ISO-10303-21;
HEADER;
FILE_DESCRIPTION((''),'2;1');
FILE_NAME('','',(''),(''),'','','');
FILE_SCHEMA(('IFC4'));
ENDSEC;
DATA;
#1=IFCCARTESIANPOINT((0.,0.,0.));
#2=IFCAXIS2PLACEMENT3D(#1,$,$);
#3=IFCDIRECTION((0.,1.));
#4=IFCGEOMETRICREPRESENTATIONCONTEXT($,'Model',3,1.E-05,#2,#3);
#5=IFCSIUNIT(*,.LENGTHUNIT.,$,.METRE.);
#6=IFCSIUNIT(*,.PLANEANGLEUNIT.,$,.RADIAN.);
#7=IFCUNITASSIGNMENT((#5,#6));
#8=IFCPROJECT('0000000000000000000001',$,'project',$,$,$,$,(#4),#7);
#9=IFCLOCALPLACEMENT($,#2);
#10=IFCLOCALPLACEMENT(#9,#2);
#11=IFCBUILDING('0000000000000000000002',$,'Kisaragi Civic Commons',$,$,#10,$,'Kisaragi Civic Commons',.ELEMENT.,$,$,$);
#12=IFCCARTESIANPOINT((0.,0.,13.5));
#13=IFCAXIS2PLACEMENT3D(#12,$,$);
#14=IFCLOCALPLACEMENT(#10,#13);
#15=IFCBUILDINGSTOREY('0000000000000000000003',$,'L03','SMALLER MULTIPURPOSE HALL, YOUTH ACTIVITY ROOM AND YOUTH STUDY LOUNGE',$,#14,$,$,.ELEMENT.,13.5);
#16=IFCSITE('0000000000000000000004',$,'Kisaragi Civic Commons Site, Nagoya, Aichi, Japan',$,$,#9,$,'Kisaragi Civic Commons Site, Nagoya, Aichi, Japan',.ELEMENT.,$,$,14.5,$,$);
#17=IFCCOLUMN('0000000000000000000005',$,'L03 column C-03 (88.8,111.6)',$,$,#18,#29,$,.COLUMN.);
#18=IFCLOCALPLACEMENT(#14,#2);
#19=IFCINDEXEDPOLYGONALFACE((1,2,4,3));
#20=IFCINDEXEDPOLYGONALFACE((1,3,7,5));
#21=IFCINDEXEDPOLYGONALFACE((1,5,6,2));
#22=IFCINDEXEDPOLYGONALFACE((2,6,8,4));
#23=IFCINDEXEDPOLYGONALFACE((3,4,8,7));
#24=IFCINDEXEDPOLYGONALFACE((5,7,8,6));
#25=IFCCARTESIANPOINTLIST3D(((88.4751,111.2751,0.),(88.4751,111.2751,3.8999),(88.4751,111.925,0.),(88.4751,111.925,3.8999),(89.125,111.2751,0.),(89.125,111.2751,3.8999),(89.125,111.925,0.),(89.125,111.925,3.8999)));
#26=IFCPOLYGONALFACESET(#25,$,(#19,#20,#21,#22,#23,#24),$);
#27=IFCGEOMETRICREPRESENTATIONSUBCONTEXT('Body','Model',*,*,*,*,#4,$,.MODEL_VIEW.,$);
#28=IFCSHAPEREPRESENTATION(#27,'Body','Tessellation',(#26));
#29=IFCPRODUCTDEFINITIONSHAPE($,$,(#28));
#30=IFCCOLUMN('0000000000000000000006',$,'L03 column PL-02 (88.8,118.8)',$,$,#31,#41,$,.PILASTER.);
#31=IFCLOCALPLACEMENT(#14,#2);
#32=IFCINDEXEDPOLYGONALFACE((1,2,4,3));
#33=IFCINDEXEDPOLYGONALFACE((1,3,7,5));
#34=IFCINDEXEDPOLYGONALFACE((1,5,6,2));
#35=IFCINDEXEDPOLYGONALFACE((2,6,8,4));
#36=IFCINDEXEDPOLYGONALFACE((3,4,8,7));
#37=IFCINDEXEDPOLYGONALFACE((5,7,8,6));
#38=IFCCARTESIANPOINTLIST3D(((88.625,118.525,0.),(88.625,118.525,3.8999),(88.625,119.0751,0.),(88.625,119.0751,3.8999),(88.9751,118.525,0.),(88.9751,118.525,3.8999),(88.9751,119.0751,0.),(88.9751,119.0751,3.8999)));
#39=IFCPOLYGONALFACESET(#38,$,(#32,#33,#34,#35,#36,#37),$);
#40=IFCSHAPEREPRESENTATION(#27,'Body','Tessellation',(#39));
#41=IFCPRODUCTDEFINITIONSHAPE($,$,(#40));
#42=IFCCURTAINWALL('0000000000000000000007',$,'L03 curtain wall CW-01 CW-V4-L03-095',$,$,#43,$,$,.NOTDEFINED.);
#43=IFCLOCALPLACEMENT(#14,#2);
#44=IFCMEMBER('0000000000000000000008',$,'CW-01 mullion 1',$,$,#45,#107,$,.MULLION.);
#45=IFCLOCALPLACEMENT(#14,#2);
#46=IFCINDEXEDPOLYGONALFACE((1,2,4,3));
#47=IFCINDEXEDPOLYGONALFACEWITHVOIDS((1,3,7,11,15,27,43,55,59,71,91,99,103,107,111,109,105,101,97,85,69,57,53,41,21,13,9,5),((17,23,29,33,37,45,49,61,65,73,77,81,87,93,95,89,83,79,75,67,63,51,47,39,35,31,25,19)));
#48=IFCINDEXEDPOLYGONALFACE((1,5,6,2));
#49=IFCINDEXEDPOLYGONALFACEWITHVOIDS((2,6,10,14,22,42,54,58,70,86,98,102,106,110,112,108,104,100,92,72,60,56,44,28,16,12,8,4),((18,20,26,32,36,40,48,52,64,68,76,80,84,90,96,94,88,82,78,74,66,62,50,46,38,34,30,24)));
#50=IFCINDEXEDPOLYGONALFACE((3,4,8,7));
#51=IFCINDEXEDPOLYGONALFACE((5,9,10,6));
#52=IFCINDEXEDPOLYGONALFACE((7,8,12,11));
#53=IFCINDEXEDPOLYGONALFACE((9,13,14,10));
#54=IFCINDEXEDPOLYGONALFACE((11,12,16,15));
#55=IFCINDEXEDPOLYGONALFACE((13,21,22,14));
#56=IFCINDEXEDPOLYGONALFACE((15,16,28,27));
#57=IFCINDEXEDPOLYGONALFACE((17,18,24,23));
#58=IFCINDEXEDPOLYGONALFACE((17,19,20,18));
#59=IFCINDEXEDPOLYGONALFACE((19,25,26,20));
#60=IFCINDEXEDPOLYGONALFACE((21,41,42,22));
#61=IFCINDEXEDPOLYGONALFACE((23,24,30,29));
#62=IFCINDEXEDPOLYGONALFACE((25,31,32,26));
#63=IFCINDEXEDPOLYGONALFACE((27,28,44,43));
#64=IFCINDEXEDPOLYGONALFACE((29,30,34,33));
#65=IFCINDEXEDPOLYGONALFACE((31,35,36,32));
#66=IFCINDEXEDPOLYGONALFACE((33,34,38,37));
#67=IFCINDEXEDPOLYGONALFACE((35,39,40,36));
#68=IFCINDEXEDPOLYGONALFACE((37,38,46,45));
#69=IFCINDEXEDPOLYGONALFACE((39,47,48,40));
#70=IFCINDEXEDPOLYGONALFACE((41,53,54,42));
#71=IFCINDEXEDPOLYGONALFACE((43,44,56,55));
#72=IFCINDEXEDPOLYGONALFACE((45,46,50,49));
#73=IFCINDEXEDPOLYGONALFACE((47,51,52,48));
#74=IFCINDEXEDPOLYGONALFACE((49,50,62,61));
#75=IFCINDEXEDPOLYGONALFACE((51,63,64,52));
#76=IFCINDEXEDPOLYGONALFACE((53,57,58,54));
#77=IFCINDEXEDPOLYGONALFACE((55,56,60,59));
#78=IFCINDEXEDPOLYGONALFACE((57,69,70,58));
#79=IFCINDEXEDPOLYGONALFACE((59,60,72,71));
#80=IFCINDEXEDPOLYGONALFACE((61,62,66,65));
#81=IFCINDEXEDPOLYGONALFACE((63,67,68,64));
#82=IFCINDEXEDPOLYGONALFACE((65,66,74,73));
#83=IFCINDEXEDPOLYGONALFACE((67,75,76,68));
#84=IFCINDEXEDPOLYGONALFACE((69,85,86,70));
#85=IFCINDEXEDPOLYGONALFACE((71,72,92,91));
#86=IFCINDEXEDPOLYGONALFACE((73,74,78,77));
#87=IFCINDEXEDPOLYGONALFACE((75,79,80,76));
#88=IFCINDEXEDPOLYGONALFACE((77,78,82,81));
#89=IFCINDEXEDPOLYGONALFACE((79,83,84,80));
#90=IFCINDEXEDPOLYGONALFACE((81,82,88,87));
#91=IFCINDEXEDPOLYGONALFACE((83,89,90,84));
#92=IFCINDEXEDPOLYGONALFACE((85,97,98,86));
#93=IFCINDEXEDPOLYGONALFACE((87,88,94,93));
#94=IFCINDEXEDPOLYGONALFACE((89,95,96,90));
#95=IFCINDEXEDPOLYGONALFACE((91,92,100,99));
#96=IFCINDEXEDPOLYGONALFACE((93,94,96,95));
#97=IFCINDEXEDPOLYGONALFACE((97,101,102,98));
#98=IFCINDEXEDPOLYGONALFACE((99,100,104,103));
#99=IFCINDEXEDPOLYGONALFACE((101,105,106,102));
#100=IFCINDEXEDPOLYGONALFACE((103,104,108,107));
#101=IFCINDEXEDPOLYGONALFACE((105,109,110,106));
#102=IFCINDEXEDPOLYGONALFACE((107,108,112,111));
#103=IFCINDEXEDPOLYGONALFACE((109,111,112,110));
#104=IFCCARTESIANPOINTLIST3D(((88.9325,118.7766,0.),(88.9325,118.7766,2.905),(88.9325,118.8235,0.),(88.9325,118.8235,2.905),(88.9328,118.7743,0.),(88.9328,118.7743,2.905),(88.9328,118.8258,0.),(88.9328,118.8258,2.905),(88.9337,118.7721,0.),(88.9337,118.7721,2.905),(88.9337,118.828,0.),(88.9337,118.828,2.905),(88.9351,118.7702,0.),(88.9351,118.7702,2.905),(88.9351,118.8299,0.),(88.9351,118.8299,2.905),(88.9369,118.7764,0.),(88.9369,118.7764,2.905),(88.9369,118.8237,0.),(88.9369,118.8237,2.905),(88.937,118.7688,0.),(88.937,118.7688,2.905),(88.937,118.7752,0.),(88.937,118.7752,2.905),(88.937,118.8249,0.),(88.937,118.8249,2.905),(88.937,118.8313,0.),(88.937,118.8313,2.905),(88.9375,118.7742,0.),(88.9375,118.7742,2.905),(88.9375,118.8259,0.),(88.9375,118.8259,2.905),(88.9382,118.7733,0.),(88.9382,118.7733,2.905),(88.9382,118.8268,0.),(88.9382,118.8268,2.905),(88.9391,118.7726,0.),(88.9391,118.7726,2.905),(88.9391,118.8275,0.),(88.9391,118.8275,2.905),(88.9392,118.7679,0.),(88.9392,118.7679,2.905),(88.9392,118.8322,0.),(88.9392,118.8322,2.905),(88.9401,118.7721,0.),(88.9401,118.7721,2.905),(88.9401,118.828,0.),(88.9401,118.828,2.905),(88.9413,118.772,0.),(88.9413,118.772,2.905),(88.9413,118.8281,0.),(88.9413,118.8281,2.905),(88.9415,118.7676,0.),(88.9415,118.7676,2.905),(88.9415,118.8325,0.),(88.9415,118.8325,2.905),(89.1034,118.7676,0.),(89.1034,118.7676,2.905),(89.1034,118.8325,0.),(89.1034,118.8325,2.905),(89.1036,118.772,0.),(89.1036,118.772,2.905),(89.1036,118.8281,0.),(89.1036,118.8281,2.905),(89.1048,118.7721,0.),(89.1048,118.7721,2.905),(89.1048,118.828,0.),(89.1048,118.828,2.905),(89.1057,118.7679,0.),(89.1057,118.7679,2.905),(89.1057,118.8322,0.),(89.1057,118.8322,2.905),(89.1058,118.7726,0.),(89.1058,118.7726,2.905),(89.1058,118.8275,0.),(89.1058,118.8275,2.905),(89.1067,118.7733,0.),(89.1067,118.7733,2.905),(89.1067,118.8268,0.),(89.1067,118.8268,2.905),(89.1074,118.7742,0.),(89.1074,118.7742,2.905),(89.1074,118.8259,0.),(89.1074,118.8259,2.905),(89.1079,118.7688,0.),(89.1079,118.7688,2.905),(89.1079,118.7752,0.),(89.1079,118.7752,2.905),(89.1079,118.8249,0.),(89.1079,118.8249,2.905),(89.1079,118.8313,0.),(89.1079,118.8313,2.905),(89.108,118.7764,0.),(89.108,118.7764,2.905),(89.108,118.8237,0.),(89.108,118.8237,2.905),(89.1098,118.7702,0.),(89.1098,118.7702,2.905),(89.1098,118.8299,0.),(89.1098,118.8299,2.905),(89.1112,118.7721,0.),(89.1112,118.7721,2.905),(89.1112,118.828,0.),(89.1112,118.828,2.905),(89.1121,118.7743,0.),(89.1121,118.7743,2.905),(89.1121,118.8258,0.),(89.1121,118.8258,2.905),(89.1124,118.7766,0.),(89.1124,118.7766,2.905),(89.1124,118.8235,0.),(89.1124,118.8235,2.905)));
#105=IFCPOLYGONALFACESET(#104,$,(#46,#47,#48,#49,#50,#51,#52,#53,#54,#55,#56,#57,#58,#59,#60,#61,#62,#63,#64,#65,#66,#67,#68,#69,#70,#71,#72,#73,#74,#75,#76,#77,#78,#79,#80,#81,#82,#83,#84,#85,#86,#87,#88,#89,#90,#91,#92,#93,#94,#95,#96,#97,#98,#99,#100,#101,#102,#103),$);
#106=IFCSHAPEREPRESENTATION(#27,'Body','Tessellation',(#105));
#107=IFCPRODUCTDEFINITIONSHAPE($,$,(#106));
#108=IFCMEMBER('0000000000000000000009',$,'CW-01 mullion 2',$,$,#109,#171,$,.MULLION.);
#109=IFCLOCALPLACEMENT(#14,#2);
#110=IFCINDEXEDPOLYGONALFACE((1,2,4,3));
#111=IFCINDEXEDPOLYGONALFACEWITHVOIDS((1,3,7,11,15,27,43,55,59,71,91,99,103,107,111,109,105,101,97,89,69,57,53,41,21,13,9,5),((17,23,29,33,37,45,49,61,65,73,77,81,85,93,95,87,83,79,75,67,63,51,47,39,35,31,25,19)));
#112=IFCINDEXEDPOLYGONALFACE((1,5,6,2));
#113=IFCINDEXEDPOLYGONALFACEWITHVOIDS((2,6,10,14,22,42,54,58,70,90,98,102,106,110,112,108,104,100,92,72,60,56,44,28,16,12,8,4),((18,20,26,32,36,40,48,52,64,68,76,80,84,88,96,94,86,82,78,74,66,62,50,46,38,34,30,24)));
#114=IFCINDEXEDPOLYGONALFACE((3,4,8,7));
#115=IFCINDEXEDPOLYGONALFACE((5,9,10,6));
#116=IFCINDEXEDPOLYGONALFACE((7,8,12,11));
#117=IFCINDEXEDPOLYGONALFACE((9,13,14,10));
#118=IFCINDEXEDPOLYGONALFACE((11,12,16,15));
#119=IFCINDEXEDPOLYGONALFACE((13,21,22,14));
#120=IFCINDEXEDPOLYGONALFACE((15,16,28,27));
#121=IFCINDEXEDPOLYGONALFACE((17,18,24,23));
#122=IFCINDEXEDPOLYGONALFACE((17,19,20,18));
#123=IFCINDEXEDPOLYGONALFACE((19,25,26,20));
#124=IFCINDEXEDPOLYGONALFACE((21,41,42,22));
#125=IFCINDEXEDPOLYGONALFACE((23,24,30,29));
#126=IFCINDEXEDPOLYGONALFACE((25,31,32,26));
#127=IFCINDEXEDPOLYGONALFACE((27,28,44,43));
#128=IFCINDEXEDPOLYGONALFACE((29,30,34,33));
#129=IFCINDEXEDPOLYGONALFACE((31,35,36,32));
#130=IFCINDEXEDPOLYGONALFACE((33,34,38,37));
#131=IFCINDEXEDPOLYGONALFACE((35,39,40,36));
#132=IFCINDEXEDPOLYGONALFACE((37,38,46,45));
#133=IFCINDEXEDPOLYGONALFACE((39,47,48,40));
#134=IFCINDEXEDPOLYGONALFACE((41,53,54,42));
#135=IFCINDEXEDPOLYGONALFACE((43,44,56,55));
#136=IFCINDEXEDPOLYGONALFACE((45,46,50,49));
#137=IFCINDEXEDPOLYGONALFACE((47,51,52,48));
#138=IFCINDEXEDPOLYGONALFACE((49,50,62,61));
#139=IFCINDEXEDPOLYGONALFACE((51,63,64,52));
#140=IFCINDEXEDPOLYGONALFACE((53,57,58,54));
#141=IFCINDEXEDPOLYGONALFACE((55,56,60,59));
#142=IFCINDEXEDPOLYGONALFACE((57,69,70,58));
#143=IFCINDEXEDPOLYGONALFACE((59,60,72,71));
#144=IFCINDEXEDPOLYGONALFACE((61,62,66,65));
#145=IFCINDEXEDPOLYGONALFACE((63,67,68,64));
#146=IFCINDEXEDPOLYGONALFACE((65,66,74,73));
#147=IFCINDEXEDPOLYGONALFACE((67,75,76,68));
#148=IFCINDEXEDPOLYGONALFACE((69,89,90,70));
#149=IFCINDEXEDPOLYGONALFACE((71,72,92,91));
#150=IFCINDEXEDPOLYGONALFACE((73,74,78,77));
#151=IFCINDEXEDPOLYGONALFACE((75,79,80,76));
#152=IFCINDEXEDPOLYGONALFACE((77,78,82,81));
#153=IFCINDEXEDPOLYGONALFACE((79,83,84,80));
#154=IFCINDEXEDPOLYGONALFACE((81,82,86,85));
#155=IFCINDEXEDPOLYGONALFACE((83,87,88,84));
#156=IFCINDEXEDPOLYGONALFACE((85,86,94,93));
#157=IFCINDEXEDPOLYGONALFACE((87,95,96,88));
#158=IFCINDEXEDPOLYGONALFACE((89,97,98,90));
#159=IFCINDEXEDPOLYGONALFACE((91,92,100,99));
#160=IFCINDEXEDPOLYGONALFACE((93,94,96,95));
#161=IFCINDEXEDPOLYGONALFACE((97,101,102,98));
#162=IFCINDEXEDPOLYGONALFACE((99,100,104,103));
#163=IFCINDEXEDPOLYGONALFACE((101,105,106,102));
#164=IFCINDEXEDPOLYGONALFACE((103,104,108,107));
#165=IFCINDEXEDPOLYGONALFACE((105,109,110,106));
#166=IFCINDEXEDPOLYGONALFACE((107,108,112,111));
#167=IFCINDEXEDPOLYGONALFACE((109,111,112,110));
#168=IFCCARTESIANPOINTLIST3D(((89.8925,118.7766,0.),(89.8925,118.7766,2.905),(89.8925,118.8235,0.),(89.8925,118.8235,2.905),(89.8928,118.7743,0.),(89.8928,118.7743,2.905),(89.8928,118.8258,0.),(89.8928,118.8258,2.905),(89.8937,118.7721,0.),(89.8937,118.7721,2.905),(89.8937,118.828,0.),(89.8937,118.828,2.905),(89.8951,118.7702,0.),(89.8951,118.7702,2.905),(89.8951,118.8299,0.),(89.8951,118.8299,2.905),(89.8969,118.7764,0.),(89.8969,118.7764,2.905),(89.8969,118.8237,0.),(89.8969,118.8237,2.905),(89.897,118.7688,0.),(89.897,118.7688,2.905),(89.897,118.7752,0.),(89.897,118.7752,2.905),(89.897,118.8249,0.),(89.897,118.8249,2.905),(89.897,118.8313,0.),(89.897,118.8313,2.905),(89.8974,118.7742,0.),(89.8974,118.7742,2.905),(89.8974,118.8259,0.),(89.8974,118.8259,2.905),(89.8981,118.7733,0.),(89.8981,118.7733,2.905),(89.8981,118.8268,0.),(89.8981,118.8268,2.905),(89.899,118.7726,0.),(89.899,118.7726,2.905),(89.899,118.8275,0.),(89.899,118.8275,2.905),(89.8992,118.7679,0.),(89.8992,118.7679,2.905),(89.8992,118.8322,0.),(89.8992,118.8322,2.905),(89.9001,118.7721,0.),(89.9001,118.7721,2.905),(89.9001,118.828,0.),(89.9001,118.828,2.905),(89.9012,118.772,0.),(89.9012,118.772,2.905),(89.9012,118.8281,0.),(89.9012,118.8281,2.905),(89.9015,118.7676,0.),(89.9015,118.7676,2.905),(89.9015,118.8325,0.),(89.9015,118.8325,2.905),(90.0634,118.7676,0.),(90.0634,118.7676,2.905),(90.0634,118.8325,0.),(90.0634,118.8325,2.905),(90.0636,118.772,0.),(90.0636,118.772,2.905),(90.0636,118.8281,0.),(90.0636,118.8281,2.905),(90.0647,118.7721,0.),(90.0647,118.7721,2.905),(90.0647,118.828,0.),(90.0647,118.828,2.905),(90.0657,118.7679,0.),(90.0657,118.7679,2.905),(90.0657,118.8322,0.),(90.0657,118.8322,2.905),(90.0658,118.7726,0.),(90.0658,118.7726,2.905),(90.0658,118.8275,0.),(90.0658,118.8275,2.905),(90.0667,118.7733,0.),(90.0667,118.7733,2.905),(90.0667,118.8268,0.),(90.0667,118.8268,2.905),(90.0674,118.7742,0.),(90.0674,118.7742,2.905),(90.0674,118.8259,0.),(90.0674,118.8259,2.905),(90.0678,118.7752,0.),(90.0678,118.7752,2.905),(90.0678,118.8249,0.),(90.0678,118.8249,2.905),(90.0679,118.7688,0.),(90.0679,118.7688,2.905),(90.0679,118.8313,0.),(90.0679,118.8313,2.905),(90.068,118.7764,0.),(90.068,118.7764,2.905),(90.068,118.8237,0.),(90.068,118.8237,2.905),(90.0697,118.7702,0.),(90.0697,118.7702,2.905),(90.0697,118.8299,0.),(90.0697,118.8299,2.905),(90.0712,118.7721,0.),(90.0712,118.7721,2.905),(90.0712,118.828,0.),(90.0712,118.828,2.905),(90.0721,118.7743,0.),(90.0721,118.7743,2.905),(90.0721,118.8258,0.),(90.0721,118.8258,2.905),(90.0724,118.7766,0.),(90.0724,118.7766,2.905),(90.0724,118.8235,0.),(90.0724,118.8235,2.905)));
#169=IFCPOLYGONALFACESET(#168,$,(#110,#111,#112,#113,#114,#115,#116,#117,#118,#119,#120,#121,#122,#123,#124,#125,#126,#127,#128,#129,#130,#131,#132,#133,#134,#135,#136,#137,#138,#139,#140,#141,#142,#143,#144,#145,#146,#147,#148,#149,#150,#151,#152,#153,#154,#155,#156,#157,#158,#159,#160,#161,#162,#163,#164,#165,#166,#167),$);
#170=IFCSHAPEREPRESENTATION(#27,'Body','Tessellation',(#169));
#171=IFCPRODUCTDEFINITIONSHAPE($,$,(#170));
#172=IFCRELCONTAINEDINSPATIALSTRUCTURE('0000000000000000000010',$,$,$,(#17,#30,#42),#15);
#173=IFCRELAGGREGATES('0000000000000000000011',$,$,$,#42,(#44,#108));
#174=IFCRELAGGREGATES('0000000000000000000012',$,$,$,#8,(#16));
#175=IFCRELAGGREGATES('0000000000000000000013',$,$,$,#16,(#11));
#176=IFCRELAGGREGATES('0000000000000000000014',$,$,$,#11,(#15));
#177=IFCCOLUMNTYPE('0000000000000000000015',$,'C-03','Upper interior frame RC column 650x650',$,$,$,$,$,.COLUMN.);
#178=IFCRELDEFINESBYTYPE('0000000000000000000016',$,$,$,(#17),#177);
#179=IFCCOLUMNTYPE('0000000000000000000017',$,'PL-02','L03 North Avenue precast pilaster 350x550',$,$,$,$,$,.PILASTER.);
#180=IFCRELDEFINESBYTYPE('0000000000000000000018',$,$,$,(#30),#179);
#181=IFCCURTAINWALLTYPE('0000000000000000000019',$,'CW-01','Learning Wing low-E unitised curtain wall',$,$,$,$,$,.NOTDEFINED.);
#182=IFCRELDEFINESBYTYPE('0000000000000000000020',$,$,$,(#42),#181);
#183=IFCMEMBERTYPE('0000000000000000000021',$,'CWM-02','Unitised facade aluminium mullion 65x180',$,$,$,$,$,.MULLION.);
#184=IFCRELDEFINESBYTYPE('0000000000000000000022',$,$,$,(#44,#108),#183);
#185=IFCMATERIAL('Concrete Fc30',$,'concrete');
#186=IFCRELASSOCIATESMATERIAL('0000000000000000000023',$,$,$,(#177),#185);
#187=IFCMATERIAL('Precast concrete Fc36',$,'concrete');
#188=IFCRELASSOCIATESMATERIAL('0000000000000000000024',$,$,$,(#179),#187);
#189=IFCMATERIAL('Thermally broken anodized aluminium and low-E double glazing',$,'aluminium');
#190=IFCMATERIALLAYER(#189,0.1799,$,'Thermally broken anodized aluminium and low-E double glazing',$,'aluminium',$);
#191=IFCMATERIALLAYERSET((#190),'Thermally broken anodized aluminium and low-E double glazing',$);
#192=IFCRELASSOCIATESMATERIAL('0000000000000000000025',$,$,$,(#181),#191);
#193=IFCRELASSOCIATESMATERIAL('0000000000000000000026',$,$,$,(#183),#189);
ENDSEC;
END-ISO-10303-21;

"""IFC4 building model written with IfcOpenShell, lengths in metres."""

from ifc_helpers import new_model, si_unit, direction, frame, origin, origin_2d, place, context, subcontext, project, spatial, rectangle, hollow_rectangle, extrude, material, layer, layer_set, material_profile, profile_set, type_object, element, aggregate, save


model = new_model("IFC4")

# Units and contexts
model_context = context("Model", 3, precision=1e-05, world=origin(), true_north=direction((0.0, 1.0)))
body_context = subcontext(model_context, "Body", "Model", "MODEL_VIEW")
ifc_project = project(units=[si_unit("LENGTHUNIT", "METRE"), si_unit("PLANEANGLEUNIT", "RADIAN")], contexts=[model_context])

# Site, building, storey
site_placement = place(None, origin())
site = spatial("IfcSite", under=ifc_project, at=site_placement, Name="Kisaragi Civic Commons Site, Nagoya, Aichi, Japan", LongName="Kisaragi Civic Commons Site, Nagoya, Aichi, Japan", CompositionType="ELEMENT", RefElevation=14.5)
building_placement = place(site_placement, origin())
building = spatial("IfcBuilding", under=site, at=building_placement, Name="Kisaragi Civic Commons", LongName="Kisaragi Civic Commons", CompositionType="ELEMENT")
storey_placement = place(building_placement, frame((0.0, 0.0, 13.5)))
storey = spatial("IfcBuildingStorey", under=building, at=storey_placement, Name="L03", Description="SMALLER MULTIPURPOSE HALL, YOUTH ACTIVITY ROOM AND YOUTH STUDY LOUNGE", CompositionType="ELEMENT", Elevation=13.5)

# Columns
ifc_material_1 = material(Name="Concrete Fc30", Category="concrete")
ifc_material_profile_1 = material_profile(ifc_material_1, rectangle(XDim=0.6499, YDim=0.6499, at=origin_2d()), Name="RC-650x650", Category="concrete")
ifc_profile_set_1 = profile_set([ifc_material_profile_1], Name="Concrete Fc30")
column_type_1 = type_object("IfcColumnType", Name="C-03", Description="Upper interior frame RC column 650x650", PredefinedType="COLUMN", material=ifc_profile_set_1)
column_1_placement = place(storey_placement, frame((88.8, 111.6001, 0.0), z_axis=(0.0, 0.0, 1.0), x_axis=(1.0, 0.0, 0.0)))
element("IfcColumn", 1, at=column_1_placement, inside=storey, type_object=column_type_1, Name="L03 column C-03 (88.8,111.6)", PredefinedType="COLUMN", context=body_context, shape_type="SweptSolid", body=[
    extrude(rectangle(XDim=0.6499, YDim=0.6499, at=origin_2d()), origin(), (0.0, 0.0, 1.0), 3.8999),
])
ifc_material_2 = material(Name="Precast concrete Fc36", Category="concrete")
ifc_material_profile_2 = material_profile(ifc_material_2, rectangle(XDim=0.3501, YDim=0.55, at=origin_2d()), Name="RC-350x550", Category="concrete")
ifc_profile_set_2 = profile_set([ifc_material_profile_2], Name="Precast concrete Fc36")
column_type_2 = type_object("IfcColumnType", Name="PL-02", Description="L03 North Avenue precast pilaster 350x550", PredefinedType="PILASTER", material=ifc_profile_set_2)
column_2_placement = place(storey_placement, frame((88.8, 118.8, 0.0), z_axis=(0.0, 0.0, 1.0), x_axis=(1.0, 0.0, 0.0)))
element("IfcColumn", 2, at=column_2_placement, inside=storey, type_object=column_type_2, Name="L03 column PL-02 (88.8,118.8)", PredefinedType="PILASTER", context=body_context, shape_type="SweptSolid", body=[
    extrude(rectangle(XDim=0.3501, YDim=0.55, at=origin_2d()), origin(), (0.0, 0.0, 1.0), 3.8999),
])

# Curtain wall, members
ifc_material_3 = material(Name="Thermally broken anodized aluminium and low-E double glazing", Category="aluminium")
ifc_layer_1 = layer(ifc_material_3, 0.1799, Name="Thermally broken anodized aluminium and low-E double glazing", Category="aluminium")
ifc_layer_set_1 = layer_set([ifc_layer_1], Name="Thermally broken anodized aluminium and low-E double glazing")
curtain_wall_type = type_object("IfcCurtainWallType", Name="CW-01", Description="Learning Wing low-E unitised curtain wall", PredefinedType="NOTDEFINED", material=ifc_layer_set_1)
curtain_wall_placement = place(storey_placement, origin())
curtain_wall = element("IfcCurtainWall", 3, at=curtain_wall_placement, inside=storey, type_object=curtain_wall_type, Name="L03 curtain wall CW-01 CW-V4-L03-095", PredefinedType="NOTDEFINED")
ifc_material_profile_3 = material_profile(ifc_material_3, hollow_rectangle(XDim=0.0649, YDim=0.1799, WallThickness=0.0044, InnerFilletRadius=0.0044, OuterFilletRadius=0.009, at=origin_2d()), Name="CWM-65x180x4.5", Category="aluminium")
ifc_profile_set_3 = profile_set([ifc_material_profile_3], Name="Thermally broken anodized aluminium and low-E double glazing")
member_type_1 = type_object("IfcMemberType", Name="CWM-02", Description="Unitised facade aluminium mullion 65x180", PredefinedType="MULLION", material=ifc_profile_set_3)
member_1_placement = place(storey_placement, frame((89.0225, 118.8, 0.0), z_axis=(0.0, 0.0, 1.0), x_axis=(0.0, 1.0, 0.0)))
member_1 = element("IfcMember", 4, at=member_1_placement, type_object=member_type_1, Name="CW-01 mullion 1", PredefinedType="MULLION", context=body_context, shape_type="SweptSolid", body=[
    extrude(hollow_rectangle(XDim=0.0649, YDim=0.1799, WallThickness=0.0044, InnerFilletRadius=0.0044, OuterFilletRadius=0.009, at=origin_2d()), origin(), (0.0, 0.0, 1.0), 2.905),
])
member_2_placement = place(storey_placement, frame((89.9824, 118.8, 0.0), z_axis=(0.0, 0.0, 1.0), x_axis=(0.0, 1.0, 0.0)))
member_2 = element("IfcMember", 5, at=member_2_placement, type_object=member_type_1, Name="CW-01 mullion 2", PredefinedType="MULLION", context=body_context, shape_type="SweptSolid", body=[
    extrude(hollow_rectangle(XDim=0.0649, YDim=0.1799, WallThickness=0.0044, InnerFilletRadius=0.0044, OuterFilletRadius=0.009, at=origin_2d()), origin(), (0.0, 0.0, 1.0), 2.905),
])

aggregate(curtain_wall, [member_1, member_2])

save(model, "model.ifc")
